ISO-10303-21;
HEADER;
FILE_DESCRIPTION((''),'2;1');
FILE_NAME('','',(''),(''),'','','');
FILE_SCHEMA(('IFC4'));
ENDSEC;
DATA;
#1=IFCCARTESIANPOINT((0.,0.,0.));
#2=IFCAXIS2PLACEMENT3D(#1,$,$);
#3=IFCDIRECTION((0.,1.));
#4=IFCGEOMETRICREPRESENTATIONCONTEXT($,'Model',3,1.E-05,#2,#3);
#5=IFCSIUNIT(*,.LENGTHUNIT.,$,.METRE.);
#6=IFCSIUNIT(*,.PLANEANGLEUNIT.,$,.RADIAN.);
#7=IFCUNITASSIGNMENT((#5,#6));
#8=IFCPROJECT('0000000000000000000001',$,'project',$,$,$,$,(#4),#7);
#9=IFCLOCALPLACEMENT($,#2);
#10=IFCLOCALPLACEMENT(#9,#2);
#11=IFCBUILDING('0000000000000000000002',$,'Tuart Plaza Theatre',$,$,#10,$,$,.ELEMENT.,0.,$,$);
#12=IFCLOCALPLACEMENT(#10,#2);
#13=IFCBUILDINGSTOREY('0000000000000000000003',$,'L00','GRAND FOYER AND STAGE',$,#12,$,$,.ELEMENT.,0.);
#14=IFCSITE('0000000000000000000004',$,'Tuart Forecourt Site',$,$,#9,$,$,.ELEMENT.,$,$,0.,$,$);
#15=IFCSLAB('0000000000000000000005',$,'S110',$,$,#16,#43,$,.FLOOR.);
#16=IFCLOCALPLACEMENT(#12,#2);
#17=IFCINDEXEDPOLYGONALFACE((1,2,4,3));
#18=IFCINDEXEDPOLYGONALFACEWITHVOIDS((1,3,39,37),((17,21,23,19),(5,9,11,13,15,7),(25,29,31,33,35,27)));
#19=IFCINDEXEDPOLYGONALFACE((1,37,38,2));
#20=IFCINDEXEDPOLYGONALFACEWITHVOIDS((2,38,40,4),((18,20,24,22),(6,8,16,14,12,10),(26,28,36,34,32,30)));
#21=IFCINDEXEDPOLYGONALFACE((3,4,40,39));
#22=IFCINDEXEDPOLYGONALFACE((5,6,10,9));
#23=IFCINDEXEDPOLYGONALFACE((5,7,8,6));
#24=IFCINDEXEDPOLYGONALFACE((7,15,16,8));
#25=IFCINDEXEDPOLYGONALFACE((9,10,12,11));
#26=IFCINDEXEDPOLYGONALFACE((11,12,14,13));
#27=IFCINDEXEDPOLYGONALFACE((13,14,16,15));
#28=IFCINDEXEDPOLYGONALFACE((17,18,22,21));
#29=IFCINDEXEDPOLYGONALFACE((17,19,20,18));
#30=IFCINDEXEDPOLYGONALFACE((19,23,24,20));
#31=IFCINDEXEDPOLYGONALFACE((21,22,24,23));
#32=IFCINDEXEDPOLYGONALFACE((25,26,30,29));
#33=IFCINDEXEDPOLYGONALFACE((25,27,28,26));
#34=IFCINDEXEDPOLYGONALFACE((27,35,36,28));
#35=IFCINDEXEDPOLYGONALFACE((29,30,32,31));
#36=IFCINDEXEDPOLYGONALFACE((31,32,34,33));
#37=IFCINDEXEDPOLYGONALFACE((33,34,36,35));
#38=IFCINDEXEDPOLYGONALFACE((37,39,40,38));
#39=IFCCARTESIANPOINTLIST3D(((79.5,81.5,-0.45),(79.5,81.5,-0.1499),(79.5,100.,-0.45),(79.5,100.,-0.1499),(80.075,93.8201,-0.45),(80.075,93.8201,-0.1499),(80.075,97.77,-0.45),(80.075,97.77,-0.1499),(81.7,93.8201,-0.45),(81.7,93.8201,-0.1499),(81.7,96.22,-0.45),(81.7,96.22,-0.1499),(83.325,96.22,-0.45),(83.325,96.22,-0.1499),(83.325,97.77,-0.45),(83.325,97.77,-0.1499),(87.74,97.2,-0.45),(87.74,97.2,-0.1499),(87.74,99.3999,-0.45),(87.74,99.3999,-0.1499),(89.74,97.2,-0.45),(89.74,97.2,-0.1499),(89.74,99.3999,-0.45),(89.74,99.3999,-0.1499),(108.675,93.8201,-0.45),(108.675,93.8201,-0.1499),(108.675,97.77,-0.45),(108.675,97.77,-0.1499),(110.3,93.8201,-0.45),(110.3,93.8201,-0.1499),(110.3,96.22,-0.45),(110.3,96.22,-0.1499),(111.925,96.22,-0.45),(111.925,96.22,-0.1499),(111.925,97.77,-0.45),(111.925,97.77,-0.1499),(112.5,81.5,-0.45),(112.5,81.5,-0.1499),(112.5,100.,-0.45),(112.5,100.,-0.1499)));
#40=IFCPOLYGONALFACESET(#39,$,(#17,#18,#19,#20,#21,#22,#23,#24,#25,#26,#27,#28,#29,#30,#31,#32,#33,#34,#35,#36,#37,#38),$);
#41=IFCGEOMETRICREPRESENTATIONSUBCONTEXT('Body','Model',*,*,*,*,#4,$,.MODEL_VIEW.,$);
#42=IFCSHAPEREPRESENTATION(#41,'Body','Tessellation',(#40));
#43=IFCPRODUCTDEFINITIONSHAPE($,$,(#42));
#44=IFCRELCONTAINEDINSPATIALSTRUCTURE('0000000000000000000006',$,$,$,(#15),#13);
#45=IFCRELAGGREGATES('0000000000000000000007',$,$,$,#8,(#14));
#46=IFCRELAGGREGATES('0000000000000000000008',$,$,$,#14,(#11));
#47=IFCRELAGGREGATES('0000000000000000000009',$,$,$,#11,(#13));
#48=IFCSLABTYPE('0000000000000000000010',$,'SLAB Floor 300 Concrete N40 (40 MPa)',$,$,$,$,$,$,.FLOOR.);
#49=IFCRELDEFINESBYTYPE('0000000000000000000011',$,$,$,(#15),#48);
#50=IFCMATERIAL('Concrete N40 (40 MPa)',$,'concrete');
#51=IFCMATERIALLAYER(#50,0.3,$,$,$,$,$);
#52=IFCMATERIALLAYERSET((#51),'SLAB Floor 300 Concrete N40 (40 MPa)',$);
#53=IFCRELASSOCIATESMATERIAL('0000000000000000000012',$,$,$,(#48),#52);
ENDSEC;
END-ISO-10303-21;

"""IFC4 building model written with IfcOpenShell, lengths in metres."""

from ifc_helpers import new_model, si_unit, direction, frame, origin, place, context, subcontext, project, spatial, polyline, outline, extrude, material, layer, layer_set, type_object, element, save


model = new_model("IFC4")

# Units and contexts
model_context = context("Model", 3, precision=1e-05, world=origin(), true_north=direction((0.0, 1.0)))
body_context = subcontext(model_context, "Body", "Model", "MODEL_VIEW")
ifc_project = project(units=[si_unit("LENGTHUNIT", "METRE"), si_unit("PLANEANGLEUNIT", "RADIAN")], contexts=[model_context])

# Site, building, storey
site_placement = place(None, origin())
site = spatial("IfcSite", under=ifc_project, at=site_placement, Name="Tuart Forecourt Site", CompositionType="ELEMENT", RefElevation=0.0)
building_placement = place(site_placement, origin())
building = spatial("IfcBuilding", under=site, at=building_placement, Name="Tuart Plaza Theatre", CompositionType="ELEMENT", ElevationOfRefHeight=0.0)
storey_placement = place(building_placement, origin())
storey = spatial("IfcBuildingStorey", under=building, at=storey_placement, Name="L00", Description="GRAND FOYER AND STAGE", CompositionType="ELEMENT", Elevation=0.0)

# Slab
ifc_material_1 = material(Name="Concrete N40 (40 MPa)", Category="concrete")
ifc_layer_1 = layer(ifc_material_1, 0.3)
ifc_layer_set_1 = layer_set([ifc_layer_1], Name="SLAB Floor 300 Concrete N40 (40 MPa)")
slab_type_1 = type_object("IfcSlabType", Name="SLAB Floor 300 Concrete N40 (40 MPa)", PredefinedType="FLOOR", material=ifc_layer_set_1)
slab_1_placement = place(storey_placement, frame((0.0, 0.0, -0.45)))
element("IfcSlab", 1, at=slab_1_placement, inside=storey, type_object=slab_type_1, Name="S110", PredefinedType="FLOOR", context=body_context, shape_type="SweptSolid", body=[
    extrude(outline(polyline([(112.5, 81.5), (112.5, 100.0), (79.5, 100.0), (79.5, 81.5), (112.5, 81.5)]), holes=[polyline([(110.3, 93.8201), (110.3, 96.22), (111.925, 96.22), (111.925, 97.77), (108.675, 97.77), (108.675, 93.8201), (110.3, 93.8201)]), polyline([(87.74, 97.2), (89.74, 97.2), (89.74, 99.3999), (87.74, 99.3999), (87.74, 97.2)]), polyline([(81.7, 93.8201), (81.7, 96.22), (83.325, 96.22), (83.325, 97.77), (80.075, 97.77), (80.075, 93.8201), (81.7, 93.8201)])]), origin(), (0.0, 0.0, 1.0), 0.3),
])

save(model, "model.ifc")
